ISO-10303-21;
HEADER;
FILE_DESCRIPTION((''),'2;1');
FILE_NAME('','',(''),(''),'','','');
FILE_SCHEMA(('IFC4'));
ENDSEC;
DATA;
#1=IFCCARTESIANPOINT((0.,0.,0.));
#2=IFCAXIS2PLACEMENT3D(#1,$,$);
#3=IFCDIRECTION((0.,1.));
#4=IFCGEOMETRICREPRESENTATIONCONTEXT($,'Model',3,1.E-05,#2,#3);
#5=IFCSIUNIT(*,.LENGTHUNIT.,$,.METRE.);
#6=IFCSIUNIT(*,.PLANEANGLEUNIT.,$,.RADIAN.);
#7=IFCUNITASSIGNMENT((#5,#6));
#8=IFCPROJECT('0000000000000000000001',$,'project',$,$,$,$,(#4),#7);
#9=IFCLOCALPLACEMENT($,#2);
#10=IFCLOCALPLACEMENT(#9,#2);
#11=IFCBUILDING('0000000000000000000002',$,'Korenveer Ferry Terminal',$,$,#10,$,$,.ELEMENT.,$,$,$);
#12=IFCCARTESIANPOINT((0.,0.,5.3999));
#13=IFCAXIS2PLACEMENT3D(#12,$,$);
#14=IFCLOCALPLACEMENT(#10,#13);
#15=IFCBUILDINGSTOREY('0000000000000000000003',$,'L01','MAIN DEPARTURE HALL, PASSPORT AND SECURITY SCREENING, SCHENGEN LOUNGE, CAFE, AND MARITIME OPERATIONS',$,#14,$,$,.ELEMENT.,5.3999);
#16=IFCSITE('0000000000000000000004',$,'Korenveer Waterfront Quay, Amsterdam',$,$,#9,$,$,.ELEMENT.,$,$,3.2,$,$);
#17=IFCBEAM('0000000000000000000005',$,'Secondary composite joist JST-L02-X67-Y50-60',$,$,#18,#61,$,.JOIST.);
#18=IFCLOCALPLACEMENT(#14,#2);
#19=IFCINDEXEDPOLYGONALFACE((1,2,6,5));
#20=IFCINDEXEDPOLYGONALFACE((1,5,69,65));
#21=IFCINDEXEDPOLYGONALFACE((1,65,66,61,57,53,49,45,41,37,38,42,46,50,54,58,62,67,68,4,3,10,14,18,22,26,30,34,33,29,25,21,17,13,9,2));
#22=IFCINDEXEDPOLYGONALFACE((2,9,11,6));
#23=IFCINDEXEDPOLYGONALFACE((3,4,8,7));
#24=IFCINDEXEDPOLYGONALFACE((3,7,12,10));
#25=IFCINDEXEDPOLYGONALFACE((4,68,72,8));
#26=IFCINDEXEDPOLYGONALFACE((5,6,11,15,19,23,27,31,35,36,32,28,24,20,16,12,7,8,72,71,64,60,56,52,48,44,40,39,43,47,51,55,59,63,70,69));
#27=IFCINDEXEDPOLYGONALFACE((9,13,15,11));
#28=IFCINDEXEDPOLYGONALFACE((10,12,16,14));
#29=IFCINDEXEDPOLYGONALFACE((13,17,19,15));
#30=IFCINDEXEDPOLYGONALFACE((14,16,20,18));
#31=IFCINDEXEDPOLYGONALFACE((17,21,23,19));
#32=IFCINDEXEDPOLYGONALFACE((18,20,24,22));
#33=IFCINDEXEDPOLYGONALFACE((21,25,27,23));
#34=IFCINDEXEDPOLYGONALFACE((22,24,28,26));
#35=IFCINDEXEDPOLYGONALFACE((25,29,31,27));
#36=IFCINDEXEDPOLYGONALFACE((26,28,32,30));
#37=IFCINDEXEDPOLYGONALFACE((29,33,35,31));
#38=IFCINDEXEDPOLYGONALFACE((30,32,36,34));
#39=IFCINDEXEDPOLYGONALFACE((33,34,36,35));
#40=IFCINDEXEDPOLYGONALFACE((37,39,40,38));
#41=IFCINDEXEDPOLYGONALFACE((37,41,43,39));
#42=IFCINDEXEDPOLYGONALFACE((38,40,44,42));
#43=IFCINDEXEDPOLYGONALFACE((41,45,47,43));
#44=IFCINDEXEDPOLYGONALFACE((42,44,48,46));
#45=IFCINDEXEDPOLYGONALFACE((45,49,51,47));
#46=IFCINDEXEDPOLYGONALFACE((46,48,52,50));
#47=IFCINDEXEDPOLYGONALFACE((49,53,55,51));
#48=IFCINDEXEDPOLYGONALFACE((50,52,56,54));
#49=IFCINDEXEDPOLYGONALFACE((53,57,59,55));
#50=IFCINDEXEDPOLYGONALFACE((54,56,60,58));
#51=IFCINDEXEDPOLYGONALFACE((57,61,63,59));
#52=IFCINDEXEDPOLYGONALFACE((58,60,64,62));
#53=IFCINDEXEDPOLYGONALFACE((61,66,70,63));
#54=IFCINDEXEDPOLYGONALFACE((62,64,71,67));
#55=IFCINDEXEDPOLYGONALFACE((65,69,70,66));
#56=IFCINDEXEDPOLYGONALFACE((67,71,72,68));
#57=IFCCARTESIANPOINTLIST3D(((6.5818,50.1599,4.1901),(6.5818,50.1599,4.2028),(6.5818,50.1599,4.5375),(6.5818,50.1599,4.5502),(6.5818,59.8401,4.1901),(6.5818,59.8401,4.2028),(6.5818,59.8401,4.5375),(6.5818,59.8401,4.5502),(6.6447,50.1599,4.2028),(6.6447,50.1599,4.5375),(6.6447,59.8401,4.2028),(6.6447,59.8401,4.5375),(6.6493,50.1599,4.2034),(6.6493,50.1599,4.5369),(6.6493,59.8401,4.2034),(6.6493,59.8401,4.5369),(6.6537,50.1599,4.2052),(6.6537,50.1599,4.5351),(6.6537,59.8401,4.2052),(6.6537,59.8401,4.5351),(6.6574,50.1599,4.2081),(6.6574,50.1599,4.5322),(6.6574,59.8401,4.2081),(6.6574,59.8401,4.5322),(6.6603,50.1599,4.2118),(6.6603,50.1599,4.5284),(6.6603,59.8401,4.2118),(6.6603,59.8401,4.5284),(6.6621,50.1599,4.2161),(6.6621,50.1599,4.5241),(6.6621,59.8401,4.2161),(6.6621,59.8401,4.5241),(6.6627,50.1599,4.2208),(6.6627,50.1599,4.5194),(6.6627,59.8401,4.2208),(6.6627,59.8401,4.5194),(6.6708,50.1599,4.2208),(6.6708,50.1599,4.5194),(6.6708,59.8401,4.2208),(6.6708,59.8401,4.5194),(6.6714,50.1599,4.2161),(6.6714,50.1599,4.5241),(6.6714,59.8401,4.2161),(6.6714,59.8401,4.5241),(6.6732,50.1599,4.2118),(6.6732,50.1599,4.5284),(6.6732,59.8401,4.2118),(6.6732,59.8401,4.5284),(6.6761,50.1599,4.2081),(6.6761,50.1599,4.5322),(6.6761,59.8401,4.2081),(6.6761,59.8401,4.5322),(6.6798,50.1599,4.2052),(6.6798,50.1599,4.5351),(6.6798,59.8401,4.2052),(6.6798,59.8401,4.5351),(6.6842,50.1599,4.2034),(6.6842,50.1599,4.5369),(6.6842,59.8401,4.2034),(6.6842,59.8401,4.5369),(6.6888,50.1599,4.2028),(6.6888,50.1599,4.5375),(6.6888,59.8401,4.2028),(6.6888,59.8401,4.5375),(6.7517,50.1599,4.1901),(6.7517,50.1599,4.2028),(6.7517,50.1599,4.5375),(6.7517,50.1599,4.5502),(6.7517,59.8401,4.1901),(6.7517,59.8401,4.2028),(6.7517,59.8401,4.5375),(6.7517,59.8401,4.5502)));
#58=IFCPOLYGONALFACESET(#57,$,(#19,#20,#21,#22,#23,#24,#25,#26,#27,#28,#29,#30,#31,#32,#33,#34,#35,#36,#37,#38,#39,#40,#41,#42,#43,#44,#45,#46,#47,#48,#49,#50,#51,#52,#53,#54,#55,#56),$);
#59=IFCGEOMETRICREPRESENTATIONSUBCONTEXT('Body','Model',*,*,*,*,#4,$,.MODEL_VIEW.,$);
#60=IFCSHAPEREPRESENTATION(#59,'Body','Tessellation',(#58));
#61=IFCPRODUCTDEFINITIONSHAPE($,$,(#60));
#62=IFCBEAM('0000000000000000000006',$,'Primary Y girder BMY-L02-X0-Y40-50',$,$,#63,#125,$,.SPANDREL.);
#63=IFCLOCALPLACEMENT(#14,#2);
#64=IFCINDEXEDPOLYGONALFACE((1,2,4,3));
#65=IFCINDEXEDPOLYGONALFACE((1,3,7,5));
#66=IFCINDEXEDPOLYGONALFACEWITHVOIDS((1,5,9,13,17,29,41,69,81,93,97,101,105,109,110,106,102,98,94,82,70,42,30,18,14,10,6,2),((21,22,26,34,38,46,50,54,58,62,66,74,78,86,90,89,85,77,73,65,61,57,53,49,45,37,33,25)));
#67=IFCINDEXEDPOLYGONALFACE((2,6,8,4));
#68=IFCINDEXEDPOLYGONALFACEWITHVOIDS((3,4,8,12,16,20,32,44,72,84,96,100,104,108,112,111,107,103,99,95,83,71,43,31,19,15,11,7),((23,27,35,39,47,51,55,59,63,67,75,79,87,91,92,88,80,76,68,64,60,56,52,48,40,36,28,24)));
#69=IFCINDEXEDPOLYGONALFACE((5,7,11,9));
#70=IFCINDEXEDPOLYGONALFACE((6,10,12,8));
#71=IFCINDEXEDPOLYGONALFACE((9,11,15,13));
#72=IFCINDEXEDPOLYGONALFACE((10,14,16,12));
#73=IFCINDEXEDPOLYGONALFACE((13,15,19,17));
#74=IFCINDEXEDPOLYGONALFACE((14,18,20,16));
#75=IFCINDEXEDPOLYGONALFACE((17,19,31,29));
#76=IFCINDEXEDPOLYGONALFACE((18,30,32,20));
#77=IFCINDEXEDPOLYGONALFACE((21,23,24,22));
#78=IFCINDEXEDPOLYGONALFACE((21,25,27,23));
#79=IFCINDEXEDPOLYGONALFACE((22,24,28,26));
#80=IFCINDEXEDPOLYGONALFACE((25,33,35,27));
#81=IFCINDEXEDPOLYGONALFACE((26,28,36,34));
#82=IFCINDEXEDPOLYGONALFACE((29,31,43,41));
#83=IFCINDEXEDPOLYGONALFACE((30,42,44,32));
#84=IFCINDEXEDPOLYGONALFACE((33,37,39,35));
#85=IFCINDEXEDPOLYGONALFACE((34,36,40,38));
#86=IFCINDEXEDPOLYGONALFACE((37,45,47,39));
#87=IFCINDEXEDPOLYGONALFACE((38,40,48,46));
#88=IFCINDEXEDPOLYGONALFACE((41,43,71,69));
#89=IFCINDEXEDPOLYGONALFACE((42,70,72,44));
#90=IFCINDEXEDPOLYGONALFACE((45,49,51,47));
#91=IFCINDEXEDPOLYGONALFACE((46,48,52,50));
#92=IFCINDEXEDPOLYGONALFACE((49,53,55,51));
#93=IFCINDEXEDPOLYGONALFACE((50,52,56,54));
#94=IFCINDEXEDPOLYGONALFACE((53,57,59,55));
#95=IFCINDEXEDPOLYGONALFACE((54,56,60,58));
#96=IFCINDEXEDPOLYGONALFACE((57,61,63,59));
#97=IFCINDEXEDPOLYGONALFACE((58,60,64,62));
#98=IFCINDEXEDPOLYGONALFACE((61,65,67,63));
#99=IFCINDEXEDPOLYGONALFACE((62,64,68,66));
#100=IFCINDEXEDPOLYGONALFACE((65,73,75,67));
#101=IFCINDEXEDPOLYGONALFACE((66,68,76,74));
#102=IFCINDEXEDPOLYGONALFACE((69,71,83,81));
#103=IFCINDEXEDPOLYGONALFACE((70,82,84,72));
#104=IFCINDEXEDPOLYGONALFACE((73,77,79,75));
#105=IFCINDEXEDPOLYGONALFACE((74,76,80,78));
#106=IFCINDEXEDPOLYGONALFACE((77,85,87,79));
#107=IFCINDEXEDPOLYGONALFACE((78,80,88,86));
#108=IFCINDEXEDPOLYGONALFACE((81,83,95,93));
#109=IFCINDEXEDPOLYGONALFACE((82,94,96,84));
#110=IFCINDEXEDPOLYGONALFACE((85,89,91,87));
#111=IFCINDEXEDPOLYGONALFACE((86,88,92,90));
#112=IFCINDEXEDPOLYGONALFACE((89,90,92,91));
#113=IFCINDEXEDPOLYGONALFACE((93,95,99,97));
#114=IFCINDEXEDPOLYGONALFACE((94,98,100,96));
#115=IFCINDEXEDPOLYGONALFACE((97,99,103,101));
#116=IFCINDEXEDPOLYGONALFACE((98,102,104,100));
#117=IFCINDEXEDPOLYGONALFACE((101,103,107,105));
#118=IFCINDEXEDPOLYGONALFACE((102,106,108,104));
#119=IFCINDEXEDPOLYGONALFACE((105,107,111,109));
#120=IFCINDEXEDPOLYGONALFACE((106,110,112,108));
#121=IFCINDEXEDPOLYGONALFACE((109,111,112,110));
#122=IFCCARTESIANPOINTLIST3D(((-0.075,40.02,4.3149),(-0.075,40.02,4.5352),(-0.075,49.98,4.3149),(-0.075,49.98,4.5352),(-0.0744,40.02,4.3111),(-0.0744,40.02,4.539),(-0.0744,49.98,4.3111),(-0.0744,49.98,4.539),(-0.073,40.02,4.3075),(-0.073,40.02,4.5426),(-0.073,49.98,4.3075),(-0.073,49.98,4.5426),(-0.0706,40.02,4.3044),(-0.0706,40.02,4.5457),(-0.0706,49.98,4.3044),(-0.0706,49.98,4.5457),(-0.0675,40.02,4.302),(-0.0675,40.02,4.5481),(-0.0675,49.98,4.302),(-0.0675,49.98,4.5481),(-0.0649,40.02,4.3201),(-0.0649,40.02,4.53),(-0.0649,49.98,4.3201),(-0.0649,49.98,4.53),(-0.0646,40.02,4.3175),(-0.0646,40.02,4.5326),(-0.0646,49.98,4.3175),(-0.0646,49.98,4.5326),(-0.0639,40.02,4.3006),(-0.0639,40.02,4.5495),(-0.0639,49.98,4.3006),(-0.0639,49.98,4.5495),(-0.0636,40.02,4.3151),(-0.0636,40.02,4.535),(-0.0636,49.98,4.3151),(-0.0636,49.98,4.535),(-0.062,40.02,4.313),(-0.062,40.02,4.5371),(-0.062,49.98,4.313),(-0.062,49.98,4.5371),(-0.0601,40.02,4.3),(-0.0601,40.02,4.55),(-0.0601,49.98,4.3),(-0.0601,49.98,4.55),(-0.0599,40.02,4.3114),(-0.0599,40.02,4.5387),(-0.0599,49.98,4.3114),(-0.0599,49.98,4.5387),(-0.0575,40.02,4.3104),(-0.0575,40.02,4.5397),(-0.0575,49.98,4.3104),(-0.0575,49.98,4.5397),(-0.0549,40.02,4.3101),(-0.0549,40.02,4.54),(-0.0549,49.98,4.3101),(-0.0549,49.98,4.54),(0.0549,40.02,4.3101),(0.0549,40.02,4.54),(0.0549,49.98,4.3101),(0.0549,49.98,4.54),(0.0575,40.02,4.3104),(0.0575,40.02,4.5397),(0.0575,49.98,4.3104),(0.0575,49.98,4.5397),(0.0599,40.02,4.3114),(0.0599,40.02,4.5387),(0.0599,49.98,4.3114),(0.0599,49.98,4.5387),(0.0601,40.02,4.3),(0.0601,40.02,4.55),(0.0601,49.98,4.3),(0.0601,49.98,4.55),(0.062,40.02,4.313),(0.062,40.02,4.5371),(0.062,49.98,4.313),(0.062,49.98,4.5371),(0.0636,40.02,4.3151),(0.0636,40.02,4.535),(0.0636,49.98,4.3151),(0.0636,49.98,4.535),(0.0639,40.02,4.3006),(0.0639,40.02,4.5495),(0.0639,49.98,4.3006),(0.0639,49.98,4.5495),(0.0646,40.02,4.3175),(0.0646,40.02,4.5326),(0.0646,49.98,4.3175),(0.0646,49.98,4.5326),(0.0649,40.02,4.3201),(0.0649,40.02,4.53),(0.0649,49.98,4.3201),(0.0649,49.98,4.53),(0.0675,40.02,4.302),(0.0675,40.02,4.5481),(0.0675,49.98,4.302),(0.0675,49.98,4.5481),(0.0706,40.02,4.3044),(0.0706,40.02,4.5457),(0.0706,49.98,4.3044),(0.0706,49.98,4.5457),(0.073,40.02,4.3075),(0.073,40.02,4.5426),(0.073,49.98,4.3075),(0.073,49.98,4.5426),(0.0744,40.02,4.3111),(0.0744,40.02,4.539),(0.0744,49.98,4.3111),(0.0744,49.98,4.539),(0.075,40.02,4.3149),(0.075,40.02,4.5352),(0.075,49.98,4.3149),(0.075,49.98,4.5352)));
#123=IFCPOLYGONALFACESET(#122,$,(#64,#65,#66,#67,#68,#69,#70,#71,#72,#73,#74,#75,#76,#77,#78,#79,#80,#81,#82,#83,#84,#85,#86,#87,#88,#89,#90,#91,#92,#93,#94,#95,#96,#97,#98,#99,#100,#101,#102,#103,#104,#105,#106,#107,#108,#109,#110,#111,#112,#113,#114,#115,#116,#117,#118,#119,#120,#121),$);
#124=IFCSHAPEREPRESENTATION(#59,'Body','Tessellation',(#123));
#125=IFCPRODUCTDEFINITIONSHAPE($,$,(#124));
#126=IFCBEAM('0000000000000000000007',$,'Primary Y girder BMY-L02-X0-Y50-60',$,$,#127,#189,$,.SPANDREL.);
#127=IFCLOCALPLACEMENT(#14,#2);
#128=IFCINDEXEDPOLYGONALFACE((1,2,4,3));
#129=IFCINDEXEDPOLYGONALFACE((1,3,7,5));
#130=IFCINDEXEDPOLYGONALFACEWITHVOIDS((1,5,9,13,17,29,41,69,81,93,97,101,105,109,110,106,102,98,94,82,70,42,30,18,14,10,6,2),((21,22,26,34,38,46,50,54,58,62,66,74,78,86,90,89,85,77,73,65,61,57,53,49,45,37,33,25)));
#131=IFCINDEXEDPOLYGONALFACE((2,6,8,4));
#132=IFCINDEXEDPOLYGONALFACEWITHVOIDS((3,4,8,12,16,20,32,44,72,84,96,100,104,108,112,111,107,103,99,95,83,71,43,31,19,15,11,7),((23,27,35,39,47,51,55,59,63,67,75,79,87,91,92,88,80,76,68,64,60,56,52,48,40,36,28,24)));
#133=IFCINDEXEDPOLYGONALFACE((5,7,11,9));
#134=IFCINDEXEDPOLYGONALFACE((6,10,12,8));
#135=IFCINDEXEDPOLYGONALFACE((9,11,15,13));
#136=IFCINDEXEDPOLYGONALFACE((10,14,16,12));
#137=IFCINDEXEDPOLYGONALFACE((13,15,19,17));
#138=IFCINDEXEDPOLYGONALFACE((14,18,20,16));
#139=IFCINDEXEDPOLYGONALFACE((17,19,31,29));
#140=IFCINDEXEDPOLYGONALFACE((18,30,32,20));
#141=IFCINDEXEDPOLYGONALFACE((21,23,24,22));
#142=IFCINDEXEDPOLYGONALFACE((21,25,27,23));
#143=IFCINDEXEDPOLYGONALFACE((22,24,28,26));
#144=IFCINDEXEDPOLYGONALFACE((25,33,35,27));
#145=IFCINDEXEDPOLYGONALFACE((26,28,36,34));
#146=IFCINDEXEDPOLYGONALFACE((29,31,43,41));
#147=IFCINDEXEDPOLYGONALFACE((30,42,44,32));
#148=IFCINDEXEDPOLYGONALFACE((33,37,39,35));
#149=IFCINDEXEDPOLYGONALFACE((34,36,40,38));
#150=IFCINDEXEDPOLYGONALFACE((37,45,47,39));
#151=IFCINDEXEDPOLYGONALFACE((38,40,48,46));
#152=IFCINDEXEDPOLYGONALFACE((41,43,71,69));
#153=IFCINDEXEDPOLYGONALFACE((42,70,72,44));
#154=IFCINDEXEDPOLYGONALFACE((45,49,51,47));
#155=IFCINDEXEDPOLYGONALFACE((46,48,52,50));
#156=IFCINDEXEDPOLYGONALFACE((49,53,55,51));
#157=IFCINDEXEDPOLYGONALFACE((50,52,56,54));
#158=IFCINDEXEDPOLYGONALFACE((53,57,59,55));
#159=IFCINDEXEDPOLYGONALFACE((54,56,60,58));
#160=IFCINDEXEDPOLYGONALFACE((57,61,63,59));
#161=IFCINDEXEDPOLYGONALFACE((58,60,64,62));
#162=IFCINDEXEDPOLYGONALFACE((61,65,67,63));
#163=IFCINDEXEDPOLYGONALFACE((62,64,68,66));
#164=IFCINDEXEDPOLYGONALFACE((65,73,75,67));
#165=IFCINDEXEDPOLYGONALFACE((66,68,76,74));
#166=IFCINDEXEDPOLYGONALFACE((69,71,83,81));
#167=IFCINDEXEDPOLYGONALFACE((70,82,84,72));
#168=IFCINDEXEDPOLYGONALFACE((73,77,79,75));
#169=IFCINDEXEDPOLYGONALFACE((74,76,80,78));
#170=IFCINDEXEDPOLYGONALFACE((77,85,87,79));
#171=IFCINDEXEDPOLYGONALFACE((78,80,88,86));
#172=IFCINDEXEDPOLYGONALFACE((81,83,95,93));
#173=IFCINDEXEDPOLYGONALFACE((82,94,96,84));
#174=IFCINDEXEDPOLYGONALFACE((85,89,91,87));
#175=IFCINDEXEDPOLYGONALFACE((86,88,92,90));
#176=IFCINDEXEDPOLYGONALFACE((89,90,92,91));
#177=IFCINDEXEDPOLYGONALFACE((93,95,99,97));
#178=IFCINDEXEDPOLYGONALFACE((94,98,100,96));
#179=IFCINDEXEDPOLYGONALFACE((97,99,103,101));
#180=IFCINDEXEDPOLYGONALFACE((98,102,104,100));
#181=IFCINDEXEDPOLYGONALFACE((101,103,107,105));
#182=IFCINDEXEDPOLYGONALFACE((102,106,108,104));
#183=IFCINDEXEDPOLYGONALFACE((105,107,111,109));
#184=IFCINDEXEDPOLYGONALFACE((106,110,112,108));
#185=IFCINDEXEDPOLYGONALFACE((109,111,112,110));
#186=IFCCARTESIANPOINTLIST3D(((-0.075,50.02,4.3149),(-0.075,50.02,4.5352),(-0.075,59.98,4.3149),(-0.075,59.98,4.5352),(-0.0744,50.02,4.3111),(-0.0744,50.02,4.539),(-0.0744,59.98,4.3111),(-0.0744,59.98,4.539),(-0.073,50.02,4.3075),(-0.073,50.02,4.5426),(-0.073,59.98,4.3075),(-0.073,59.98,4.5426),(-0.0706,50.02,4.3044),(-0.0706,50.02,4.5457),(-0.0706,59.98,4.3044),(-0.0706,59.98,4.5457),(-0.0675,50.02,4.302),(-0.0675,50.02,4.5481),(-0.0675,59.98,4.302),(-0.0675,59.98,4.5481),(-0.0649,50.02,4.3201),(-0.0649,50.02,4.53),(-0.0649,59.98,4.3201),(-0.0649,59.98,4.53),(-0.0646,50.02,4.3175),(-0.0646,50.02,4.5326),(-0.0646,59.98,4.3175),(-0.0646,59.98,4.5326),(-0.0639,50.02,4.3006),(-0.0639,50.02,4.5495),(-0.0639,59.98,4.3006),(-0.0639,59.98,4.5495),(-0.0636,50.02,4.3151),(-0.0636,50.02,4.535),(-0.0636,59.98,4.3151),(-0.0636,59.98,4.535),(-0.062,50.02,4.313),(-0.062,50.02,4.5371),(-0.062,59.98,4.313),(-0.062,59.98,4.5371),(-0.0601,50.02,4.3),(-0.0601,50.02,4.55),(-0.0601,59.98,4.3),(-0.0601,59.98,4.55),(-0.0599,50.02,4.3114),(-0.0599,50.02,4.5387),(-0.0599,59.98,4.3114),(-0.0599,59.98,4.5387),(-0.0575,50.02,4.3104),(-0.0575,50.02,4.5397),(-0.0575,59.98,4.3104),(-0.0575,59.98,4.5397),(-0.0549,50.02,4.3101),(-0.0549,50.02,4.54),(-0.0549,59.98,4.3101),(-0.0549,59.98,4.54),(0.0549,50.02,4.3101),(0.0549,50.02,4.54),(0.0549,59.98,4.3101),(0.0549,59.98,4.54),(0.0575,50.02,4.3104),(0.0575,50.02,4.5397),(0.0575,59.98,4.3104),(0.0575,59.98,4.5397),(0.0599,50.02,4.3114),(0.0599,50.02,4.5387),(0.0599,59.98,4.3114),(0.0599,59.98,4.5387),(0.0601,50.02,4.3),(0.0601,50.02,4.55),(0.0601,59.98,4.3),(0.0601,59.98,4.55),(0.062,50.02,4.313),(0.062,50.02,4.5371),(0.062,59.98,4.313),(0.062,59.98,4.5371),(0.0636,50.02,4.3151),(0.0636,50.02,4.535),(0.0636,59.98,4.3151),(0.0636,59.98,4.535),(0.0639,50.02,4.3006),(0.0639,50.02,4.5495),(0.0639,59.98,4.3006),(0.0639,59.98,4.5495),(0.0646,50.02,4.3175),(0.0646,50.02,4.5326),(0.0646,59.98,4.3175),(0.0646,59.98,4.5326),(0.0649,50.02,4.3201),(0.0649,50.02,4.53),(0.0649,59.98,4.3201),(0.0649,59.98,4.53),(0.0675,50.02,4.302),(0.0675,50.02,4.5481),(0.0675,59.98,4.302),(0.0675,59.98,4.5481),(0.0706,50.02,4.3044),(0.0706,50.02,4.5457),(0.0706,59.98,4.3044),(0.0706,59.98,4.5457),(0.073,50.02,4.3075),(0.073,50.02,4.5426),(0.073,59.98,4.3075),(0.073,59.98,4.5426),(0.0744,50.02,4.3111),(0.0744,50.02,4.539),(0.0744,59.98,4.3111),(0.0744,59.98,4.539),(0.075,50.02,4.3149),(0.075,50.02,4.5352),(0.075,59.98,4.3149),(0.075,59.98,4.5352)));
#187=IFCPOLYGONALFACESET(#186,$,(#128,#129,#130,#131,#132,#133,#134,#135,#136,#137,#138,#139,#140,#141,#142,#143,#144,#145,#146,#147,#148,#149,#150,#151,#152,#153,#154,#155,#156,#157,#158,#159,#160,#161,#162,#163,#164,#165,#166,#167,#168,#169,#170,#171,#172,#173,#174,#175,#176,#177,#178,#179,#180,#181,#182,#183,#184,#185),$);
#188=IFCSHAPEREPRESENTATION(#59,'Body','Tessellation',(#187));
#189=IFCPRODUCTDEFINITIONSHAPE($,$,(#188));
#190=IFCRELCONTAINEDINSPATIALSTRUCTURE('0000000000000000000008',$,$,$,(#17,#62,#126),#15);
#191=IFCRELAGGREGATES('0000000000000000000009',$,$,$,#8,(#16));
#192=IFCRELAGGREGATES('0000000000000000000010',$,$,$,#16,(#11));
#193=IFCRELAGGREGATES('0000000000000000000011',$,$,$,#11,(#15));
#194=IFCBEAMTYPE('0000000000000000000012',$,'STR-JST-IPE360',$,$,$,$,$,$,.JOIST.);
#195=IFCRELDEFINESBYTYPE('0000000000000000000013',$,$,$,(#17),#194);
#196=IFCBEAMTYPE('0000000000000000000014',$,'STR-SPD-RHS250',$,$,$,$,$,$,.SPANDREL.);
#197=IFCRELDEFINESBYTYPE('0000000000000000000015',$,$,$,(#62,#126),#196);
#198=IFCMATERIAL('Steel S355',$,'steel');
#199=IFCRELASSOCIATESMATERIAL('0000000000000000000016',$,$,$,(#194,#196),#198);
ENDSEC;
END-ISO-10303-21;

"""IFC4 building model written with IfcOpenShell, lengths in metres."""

from ifc_helpers import new_model, si_unit, direction, frame, origin, origin_2d, place, context, subcontext, project, spatial, hollow_rectangle, i_section, extrude, material, material_profile, profile_set, type_object, element, save


model = new_model("IFC4")

# Units and contexts
model_context = context("Model", 3, precision=1e-05, world=origin(), true_north=direction((0.0, 1.0)))
body_context = subcontext(model_context, "Body", "Model", "MODEL_VIEW")
ifc_project = project(units=[si_unit("LENGTHUNIT", "METRE"), si_unit("PLANEANGLEUNIT", "RADIAN")], contexts=[model_context])

# Site, building, storey
site_placement = place(None, origin())
site = spatial("IfcSite", under=ifc_project, at=site_placement, Name="Korenveer Waterfront Quay, Amsterdam", CompositionType="ELEMENT", RefElevation=3.2)
building_placement = place(site_placement, origin())
building = spatial("IfcBuilding", under=site, at=building_placement, Name="Korenveer Ferry Terminal", CompositionType="ELEMENT")
storey_placement = place(building_placement, frame((0.0, 0.0, 5.3999)))
storey = spatial("IfcBuildingStorey", under=building, at=storey_placement, Name="L01", Description="MAIN DEPARTURE HALL, PASSPORT AND SECURITY SCREENING, SCHENGEN LOUNGE, CAFE, AND MARITIME OPERATIONS", CompositionType="ELEMENT", Elevation=5.3999)

# Shared definitions
ifc_material_1 = material(Name="Steel S355", Category="steel")

# Beams
ifc_material_profile_1 = material_profile(ifc_material_1, i_section(OverallWidth=0.1699, OverallDepth=0.3601, WebThickness=0.0081, FlangeThickness=0.0127, FilletRadius=0.0181, at=origin_2d()), Name="IPE 360")
ifc_profile_set_1 = profile_set([ifc_material_profile_1], Name="Steel S355")
beam_type_1 = type_object("IfcBeamType", Name="STR-JST-IPE360", PredefinedType="JOIST", material=ifc_profile_set_1)
for number, where, z_axis, x_axis, name in (
    (1, (6.6667, 50.1599, 4.3701), (0.0, 1.0, 0.0), (-1.0, 0.0, 0.0), "Secondary composite joist JST-L02-X67-Y50-60"),
):
    element("IfcBeam", number, at=place(storey_placement, frame(where, z_axis=z_axis, x_axis=x_axis)), inside=storey, type_object=beam_type_1, Name=name, PredefinedType="JOIST", context=body_context, shape_type="SweptSolid", body=[
        extrude(i_section(OverallWidth=0.1699, OverallDepth=0.3601, WebThickness=0.0081, FlangeThickness=0.0127, FilletRadius=0.0181, at=origin_2d()), origin(), (0.0, 0.0, 1.0), 9.6802),
    ])
ifc_material_profile_2 = material_profile(ifc_material_1, hollow_rectangle(XDim=0.1499, YDim=0.25, WallThickness=0.01, InnerFilletRadius=0.01, OuterFilletRadius=0.0149, at=origin_2d()), Name="RHS 250x150x10")
ifc_profile_set_2 = profile_set([ifc_material_profile_2], Name="Steel S355")
beam_type_2 = type_object("IfcBeamType", Name="STR-SPD-RHS250", PredefinedType="SPANDREL", material=ifc_profile_set_2)
for number, where, z_axis, x_axis, name in (
    (2, (0.0, 40.02, 4.425), (0.0, 1.0, 0.0), (-1.0, 0.0, 0.0), "Primary Y girder BMY-L02-X0-Y40-50"),
    (3, (0.0, 50.02, 4.425), (0.0, 1.0, 0.0), (-1.0, 0.0, 0.0), "Primary Y girder BMY-L02-X0-Y50-60"),
):
    element("IfcBeam", number, at=place(storey_placement, frame(where, z_axis=z_axis, x_axis=x_axis)), inside=storey, type_object=beam_type_2, Name=name, PredefinedType="SPANDREL", context=body_context, shape_type="SweptSolid", body=[
        extrude(hollow_rectangle(XDim=0.1499, YDim=0.25, WallThickness=0.01, InnerFilletRadius=0.01, OuterFilletRadius=0.0149, at=origin_2d()), origin(), (0.0, 0.0, 1.0), 9.96),
    ])

save(model, "model.ifc")
